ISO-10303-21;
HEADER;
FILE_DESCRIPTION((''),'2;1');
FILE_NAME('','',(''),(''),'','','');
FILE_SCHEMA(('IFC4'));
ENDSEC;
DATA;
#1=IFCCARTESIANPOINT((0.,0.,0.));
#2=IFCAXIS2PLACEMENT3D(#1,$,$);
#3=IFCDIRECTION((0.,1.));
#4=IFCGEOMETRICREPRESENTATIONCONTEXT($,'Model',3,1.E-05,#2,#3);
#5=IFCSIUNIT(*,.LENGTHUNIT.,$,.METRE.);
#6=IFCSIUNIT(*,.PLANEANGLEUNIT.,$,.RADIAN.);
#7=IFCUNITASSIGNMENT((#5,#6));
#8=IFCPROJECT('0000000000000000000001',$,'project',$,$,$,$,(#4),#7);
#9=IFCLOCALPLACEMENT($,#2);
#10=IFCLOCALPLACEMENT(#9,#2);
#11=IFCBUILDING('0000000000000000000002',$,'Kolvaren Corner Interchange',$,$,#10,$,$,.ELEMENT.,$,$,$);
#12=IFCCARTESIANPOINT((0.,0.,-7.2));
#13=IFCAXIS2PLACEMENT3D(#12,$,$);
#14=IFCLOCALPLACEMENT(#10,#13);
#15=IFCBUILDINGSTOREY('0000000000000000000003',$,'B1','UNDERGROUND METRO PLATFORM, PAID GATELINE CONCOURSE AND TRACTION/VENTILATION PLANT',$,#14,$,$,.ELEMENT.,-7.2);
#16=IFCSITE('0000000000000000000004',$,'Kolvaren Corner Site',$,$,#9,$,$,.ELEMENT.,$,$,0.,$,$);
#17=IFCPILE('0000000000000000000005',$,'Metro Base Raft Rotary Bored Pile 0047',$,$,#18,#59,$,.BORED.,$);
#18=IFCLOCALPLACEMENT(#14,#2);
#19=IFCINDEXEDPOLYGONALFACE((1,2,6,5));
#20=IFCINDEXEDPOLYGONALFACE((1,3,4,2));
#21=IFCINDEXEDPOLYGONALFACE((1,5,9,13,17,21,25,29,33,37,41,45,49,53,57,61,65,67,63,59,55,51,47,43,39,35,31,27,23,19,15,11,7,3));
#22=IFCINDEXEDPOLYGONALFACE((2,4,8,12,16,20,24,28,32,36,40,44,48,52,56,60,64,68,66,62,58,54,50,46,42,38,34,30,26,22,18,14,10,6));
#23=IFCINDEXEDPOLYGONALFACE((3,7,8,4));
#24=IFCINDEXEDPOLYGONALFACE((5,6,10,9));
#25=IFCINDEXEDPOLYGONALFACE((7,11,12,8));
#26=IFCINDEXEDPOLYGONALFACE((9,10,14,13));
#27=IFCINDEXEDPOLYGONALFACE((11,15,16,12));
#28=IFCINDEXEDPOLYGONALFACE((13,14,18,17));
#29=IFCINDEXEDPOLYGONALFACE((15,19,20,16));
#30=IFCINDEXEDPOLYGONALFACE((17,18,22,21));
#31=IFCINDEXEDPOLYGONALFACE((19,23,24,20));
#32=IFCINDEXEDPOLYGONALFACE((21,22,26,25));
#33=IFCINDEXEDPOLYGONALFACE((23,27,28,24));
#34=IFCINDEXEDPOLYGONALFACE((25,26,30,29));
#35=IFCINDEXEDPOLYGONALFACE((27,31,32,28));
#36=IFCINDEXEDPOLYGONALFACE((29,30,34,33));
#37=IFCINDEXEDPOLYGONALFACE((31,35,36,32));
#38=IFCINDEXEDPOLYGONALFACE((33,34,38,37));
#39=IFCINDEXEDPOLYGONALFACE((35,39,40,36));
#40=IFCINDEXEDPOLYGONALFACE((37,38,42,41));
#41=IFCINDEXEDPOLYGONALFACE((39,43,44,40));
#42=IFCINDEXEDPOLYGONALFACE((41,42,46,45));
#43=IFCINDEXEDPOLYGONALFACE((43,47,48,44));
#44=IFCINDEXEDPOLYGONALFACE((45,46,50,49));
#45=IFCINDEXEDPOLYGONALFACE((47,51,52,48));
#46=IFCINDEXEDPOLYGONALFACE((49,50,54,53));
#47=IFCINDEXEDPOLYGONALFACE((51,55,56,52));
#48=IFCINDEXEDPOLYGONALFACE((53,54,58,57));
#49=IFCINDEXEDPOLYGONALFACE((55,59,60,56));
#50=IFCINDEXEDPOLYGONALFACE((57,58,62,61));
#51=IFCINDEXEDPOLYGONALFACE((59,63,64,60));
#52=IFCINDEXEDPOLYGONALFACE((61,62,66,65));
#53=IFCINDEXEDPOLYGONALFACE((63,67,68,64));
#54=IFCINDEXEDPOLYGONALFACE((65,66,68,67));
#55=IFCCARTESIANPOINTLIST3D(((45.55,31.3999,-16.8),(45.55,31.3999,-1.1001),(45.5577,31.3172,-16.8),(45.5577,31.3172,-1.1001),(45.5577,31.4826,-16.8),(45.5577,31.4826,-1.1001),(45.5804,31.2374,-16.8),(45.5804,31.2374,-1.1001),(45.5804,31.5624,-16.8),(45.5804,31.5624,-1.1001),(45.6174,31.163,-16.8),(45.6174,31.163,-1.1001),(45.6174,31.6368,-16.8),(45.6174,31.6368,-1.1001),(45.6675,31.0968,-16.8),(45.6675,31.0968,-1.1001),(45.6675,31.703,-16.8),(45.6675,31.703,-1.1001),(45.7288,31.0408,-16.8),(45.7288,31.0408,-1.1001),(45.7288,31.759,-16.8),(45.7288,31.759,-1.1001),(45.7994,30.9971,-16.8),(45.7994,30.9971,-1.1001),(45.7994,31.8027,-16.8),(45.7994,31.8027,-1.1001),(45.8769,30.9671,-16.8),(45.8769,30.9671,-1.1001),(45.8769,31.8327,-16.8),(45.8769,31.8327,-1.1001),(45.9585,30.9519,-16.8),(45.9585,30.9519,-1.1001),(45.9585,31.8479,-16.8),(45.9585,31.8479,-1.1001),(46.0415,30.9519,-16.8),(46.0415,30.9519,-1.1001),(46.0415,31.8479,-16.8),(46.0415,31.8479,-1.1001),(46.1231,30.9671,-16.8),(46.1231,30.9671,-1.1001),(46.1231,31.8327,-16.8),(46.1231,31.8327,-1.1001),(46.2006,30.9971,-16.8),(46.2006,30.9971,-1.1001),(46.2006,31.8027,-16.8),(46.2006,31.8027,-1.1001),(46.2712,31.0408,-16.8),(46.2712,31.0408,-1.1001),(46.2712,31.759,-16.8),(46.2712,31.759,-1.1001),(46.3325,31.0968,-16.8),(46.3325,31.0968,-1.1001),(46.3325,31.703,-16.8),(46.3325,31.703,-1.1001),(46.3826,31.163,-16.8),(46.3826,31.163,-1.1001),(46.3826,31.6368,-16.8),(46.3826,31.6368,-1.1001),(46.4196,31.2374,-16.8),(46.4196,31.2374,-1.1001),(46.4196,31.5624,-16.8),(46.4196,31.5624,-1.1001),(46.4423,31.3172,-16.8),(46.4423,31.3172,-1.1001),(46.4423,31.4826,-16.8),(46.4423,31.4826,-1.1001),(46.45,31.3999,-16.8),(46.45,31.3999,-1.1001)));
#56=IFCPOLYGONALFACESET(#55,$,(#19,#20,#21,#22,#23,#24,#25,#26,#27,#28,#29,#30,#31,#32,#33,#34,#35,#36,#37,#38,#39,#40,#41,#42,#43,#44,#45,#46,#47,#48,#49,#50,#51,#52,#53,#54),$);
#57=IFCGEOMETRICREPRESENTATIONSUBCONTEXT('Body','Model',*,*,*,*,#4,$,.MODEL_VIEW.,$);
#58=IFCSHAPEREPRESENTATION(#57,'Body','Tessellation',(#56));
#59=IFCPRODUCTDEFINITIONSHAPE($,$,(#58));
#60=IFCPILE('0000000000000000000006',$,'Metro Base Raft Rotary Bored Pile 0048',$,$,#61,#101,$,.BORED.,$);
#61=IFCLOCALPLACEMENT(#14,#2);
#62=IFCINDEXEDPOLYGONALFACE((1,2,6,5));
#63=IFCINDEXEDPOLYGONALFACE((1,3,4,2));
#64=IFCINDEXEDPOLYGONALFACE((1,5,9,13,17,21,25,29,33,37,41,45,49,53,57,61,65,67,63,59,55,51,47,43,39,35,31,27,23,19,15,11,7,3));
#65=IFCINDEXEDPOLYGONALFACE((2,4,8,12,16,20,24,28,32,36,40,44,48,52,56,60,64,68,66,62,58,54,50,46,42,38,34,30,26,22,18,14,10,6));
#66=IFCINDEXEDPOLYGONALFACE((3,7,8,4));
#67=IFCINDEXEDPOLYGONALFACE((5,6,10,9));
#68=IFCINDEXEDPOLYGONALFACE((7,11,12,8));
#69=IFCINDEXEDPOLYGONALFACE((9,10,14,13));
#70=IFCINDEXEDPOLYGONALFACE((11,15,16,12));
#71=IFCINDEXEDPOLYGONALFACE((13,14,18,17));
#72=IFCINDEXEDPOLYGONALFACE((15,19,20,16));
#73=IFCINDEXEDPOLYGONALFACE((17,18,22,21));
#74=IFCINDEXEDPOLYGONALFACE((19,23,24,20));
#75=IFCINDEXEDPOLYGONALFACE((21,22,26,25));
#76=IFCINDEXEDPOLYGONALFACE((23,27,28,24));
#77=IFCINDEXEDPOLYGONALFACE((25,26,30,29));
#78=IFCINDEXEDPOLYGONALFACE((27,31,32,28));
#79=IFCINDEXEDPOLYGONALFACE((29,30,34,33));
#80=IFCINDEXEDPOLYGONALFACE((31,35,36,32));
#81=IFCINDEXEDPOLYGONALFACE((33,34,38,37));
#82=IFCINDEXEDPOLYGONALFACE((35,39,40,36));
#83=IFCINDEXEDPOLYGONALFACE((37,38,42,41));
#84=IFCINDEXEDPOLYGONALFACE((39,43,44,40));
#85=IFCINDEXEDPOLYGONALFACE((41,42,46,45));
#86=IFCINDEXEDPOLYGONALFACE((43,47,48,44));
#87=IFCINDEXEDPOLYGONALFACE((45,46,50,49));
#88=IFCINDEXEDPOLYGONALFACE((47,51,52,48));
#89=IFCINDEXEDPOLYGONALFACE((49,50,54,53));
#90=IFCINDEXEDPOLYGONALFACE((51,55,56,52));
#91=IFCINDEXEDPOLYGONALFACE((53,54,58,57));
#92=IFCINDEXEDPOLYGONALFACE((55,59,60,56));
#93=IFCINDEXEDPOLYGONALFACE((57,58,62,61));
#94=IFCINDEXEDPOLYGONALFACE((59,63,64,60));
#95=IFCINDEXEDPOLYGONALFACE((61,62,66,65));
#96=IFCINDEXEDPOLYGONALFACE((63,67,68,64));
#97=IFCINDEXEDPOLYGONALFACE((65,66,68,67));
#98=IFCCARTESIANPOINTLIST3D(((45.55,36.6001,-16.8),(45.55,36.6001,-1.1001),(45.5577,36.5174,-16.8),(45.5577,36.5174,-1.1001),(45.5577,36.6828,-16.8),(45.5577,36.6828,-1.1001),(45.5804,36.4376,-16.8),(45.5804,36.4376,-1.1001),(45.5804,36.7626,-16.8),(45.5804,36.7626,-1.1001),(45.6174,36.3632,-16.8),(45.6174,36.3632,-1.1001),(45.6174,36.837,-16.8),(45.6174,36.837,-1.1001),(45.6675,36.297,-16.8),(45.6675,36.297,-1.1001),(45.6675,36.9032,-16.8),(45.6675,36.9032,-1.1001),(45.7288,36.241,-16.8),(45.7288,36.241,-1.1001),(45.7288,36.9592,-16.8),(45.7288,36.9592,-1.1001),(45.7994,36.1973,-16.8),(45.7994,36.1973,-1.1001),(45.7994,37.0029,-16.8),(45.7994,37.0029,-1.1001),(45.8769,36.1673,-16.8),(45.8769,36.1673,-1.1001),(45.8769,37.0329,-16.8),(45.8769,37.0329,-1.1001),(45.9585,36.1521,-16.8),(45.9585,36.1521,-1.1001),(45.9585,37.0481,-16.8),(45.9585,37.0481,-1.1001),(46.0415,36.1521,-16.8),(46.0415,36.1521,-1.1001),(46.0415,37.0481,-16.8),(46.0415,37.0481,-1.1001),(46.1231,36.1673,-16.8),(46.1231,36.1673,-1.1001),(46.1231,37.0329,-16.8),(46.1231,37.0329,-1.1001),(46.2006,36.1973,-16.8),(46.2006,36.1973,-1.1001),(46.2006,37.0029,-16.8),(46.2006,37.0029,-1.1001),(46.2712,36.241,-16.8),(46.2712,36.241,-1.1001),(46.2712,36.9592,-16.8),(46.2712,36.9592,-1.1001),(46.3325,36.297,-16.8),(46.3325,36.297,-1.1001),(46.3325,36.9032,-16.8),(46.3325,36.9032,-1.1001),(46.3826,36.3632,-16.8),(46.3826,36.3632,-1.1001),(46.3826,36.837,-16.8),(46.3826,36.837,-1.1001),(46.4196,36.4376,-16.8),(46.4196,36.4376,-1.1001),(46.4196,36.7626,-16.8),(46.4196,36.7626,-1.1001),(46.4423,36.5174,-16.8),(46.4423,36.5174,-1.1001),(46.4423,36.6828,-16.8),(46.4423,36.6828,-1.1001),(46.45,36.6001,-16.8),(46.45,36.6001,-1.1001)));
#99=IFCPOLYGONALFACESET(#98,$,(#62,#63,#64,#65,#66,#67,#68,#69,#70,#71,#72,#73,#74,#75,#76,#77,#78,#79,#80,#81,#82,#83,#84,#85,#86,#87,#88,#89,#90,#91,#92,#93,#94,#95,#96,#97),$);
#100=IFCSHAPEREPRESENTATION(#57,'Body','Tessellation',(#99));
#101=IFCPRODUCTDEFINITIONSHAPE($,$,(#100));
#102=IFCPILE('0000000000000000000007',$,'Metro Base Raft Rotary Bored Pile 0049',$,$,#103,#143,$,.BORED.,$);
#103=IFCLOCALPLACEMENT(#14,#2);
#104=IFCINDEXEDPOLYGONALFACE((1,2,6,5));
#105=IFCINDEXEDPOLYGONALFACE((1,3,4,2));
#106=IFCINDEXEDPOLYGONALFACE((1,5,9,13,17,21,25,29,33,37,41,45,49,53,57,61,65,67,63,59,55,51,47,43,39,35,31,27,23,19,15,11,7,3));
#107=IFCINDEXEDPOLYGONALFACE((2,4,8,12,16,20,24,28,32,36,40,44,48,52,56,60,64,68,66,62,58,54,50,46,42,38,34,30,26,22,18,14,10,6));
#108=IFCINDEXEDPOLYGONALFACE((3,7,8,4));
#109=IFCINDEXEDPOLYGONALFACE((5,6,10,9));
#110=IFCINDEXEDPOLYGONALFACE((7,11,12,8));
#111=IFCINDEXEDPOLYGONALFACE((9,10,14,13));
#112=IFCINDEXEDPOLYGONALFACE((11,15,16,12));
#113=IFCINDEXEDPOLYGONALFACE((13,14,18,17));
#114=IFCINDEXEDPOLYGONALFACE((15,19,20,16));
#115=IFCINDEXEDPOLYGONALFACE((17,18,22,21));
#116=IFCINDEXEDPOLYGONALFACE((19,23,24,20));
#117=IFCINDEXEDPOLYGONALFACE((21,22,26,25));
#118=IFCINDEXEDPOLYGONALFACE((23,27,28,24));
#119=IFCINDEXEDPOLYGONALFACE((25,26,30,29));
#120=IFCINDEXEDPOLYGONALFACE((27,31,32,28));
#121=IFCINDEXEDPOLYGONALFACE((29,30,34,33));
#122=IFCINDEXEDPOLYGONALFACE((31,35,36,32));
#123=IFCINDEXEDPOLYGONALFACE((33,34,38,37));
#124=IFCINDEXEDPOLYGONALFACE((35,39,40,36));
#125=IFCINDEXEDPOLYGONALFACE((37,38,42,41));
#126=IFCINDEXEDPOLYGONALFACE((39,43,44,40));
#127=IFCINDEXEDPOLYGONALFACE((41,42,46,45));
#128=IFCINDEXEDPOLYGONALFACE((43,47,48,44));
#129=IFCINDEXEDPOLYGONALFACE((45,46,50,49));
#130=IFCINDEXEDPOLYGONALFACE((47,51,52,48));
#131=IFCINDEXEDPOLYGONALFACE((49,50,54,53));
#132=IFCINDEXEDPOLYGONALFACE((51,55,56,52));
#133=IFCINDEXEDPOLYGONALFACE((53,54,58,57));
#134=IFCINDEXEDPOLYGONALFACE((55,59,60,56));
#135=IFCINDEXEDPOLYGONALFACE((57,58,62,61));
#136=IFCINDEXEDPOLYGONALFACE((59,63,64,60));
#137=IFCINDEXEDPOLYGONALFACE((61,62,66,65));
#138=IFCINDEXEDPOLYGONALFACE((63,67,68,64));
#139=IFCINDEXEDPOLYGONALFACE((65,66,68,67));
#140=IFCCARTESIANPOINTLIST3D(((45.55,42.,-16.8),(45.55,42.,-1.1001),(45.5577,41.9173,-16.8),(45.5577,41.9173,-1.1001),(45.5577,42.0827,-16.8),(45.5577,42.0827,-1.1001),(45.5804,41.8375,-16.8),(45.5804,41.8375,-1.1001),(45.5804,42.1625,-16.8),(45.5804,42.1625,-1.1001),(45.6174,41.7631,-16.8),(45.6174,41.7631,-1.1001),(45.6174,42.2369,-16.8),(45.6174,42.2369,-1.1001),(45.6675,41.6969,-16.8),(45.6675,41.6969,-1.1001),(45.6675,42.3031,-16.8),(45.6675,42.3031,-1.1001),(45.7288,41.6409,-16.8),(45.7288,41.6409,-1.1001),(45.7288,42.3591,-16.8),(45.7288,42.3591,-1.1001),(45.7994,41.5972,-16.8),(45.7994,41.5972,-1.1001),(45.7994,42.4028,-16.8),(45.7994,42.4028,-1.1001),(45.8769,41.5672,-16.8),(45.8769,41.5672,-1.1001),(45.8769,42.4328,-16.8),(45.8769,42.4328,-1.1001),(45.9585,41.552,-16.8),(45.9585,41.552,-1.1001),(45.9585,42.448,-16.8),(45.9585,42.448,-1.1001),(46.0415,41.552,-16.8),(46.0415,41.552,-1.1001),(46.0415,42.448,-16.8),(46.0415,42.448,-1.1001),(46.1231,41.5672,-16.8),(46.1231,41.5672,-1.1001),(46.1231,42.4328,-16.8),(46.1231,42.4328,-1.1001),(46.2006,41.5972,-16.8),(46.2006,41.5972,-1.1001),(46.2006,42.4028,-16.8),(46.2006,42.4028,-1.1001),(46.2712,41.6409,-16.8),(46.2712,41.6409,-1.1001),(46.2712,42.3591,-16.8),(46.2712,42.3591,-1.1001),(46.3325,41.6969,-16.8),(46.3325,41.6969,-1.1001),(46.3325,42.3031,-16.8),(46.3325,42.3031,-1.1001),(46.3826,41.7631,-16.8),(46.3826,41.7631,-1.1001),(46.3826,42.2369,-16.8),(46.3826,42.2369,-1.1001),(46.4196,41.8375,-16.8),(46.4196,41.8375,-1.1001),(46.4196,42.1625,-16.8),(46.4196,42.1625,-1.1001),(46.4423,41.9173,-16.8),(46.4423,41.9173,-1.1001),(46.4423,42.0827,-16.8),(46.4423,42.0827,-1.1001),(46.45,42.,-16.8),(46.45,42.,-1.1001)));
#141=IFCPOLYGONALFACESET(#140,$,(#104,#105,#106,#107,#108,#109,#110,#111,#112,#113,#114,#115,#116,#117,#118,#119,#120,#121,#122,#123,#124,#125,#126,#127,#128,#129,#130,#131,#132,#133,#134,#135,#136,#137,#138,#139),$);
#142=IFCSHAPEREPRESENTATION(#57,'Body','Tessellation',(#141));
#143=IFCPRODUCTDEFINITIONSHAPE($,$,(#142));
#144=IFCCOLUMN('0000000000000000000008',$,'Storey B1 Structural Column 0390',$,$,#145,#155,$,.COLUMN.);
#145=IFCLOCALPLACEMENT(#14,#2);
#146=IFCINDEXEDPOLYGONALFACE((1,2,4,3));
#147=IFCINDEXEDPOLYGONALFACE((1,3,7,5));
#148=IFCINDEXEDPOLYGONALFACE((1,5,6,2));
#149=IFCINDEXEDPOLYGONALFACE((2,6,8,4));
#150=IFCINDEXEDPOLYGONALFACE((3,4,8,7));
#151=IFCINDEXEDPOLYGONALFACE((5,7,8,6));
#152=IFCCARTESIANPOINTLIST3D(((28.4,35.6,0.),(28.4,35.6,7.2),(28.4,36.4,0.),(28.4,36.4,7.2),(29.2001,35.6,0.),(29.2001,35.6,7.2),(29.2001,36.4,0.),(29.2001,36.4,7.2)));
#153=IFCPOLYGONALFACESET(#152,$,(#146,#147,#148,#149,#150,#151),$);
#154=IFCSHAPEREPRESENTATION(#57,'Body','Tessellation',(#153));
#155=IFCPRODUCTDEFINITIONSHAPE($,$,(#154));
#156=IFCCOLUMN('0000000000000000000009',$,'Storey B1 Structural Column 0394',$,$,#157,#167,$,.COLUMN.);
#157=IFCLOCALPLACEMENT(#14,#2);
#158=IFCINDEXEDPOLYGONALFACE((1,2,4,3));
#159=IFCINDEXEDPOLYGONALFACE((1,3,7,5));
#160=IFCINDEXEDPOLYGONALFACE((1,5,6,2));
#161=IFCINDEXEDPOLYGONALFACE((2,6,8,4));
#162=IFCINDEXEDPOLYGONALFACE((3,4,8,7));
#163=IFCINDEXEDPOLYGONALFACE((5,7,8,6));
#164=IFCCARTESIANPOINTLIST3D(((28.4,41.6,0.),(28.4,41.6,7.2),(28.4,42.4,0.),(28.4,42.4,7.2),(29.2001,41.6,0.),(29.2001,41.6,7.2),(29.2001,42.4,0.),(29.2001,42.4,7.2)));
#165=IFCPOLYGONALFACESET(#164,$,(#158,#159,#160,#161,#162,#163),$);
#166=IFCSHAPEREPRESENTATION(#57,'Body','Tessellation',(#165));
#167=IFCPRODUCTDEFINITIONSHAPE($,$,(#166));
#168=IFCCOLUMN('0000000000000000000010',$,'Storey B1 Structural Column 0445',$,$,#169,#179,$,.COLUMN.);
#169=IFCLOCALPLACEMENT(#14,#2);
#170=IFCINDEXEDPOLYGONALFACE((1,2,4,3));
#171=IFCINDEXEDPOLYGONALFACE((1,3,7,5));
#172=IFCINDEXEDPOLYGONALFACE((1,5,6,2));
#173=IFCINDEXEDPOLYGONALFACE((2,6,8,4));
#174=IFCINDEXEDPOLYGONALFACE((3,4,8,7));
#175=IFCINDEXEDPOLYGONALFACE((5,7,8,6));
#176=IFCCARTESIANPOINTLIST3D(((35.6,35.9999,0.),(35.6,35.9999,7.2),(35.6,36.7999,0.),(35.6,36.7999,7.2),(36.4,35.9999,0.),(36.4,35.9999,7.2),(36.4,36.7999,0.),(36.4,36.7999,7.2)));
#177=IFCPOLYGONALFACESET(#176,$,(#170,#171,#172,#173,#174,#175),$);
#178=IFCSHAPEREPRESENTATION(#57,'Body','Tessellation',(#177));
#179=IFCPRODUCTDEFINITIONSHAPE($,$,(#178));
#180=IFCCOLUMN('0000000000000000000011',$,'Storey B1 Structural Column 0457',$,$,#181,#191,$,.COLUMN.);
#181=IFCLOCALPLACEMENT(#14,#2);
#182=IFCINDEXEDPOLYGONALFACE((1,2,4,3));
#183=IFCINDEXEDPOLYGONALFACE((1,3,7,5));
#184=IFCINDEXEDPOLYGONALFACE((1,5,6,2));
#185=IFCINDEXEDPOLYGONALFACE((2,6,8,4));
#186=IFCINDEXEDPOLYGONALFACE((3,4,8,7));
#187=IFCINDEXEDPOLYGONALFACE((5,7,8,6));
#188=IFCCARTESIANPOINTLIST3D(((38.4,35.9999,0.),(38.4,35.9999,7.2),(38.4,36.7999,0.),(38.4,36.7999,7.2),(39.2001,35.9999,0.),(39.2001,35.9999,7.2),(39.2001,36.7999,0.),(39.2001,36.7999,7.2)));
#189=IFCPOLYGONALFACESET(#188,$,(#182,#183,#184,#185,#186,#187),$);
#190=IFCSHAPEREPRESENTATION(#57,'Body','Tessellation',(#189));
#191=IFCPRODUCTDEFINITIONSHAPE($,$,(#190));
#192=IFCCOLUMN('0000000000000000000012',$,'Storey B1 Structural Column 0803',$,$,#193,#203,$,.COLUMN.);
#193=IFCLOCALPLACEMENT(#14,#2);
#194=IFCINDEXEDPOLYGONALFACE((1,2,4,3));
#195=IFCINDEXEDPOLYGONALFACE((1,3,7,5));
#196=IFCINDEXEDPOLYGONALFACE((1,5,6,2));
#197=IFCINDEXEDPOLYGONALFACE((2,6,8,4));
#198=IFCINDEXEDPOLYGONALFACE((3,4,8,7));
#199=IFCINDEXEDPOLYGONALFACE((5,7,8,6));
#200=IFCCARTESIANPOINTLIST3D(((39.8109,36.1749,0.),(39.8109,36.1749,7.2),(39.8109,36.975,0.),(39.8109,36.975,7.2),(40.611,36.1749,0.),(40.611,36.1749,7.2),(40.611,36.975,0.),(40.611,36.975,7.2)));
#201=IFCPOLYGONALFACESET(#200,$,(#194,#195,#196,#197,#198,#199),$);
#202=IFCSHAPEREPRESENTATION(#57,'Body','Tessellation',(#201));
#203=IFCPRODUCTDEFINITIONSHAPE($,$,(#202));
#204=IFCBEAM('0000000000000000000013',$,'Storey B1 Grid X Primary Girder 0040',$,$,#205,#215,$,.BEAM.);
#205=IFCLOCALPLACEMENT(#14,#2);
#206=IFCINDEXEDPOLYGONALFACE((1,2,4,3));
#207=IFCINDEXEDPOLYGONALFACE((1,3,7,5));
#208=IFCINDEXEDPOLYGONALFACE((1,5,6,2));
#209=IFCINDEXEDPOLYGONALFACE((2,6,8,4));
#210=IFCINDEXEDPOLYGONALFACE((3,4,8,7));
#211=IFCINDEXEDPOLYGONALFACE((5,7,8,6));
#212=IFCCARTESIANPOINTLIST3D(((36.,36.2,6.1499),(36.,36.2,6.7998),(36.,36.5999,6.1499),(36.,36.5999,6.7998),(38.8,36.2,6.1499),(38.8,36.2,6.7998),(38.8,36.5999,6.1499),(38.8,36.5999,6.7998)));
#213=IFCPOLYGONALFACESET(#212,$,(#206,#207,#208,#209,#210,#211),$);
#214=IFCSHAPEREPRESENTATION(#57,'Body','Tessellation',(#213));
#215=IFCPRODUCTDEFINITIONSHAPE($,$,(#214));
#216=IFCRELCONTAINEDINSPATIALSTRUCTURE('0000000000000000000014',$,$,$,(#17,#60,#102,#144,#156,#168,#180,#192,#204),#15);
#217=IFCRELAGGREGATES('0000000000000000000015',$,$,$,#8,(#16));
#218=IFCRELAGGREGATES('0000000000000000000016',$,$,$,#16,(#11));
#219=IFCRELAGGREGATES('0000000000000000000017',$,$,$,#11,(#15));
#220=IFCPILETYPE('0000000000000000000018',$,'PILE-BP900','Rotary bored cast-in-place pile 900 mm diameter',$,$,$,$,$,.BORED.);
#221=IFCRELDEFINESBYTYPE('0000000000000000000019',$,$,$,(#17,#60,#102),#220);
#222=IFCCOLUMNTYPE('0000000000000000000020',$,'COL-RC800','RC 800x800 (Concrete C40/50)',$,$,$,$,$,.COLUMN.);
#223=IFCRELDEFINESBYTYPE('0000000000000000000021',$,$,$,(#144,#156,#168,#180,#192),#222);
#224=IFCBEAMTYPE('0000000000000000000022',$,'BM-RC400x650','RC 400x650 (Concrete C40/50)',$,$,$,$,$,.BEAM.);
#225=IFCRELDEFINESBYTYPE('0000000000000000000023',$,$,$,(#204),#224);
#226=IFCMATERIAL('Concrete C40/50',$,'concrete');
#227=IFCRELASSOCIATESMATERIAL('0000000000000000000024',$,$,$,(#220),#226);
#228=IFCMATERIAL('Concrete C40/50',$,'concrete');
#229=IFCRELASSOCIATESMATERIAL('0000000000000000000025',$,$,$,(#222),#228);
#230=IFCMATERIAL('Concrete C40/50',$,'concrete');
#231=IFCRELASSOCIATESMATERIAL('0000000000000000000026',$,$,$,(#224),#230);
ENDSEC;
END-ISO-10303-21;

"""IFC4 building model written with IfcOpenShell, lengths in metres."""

from ifc_helpers import new_model, si_unit, direction, frame, origin, origin_2d, place, context, subcontext, project, spatial, rectangle, circle, extrude, material, material_profile, profile_set, type_object, element, save


model = new_model("IFC4")

# Units and contexts
model_context = context("Model", 3, precision=1e-05, world=origin(), true_north=direction((0.0, 1.0)))
body_context = subcontext(model_context, "Body", "Model", "MODEL_VIEW")
ifc_project = project(units=[si_unit("LENGTHUNIT", "METRE"), si_unit("PLANEANGLEUNIT", "RADIAN")], contexts=[model_context])

# Site, building, storey
site_placement = place(None, origin())
site = spatial("IfcSite", under=ifc_project, at=site_placement, Name="Kolvaren Corner Site", CompositionType="ELEMENT", RefElevation=0.0)
building_placement = place(site_placement, origin())
building = spatial("IfcBuilding", under=site, at=building_placement, Name="Kolvaren Corner Interchange", CompositionType="ELEMENT")
storey_placement = place(building_placement, frame((0.0, 0.0, -7.2)))
storey = spatial("IfcBuildingStorey", under=building, at=storey_placement, Name="B1", Description="UNDERGROUND METRO PLATFORM, PAID GATELINE CONCOURSE AND TRACTION/VENTILATION PLANT", CompositionType="ELEMENT", Elevation=-7.2)

# Piles
ifc_material_1 = material(Name="Concrete C40/50", Category="concrete")
ifc_material_profile_1 = material_profile(ifc_material_1, circle(Radius=0.45, at=origin_2d()), Name="BORED PILE 900")
ifc_profile_set_1 = profile_set([ifc_material_profile_1], Name="Concrete C40/50")
pile_type = type_object("IfcPileType", Name="PILE-BP900", Description="Rotary bored cast-in-place pile 900 mm diameter", PredefinedType="BORED", material=ifc_profile_set_1)
for number, where, z_axis, x_axis, name in (
    (1, (46.0, 31.3999, -1.1001), (0.0, 0.0, -1.0), (1.0, 0.0, 0.0), "Metro Base Raft Rotary Bored Pile 0047"),
    (2, (46.0, 36.6001, -1.1001), (0.0, 0.0, -1.0), (1.0, 0.0, 0.0), "Metro Base Raft Rotary Bored Pile 0048"),
    (3, (46.0, 42.0, -1.1001), (0.0, 0.0, -1.0), (1.0, 0.0, 0.0), "Metro Base Raft Rotary Bored Pile 0049"),
):
    element("IfcPile", number, at=place(storey_placement, frame(where, z_axis=z_axis, x_axis=x_axis)), inside=storey, type_object=pile_type, Name=name, PredefinedType="BORED", context=body_context, shape_type="SweptSolid", body=[
        extrude(circle(Radius=0.45, at=origin_2d()), origin(), (0.0, 0.0, 1.0), 15.7),
    ])

# Columns
ifc_material_2 = material(Name="Concrete C40/50", Category="concrete")
ifc_material_profile_2 = material_profile(ifc_material_2, rectangle(XDim=0.8, YDim=0.8, at=origin_2d()), Name="RC 800x800")
ifc_profile_set_2 = profile_set([ifc_material_profile_2], Name="Concrete C40/50")
column_type = type_object("IfcColumnType", Name="COL-RC800", Description="RC 800x800 (Concrete C40/50)", PredefinedType="COLUMN", material=ifc_profile_set_2)
for number, where, z_axis, x_axis, name in (
    (4, (28.8, 36.0, 0.0), (0.0, 0.0, 1.0), (1.0, 0.0, 0.0), "Storey B1 Structural Column 0390"),
    (5, (28.8, 42.0, 0.0), (0.0, 0.0, 1.0), (1.0, 0.0, 0.0), "Storey B1 Structural Column 0394"),
    (6, (36.0, 36.3999, 0.0), (0.0, 0.0, 1.0), (1.0, 0.0, 0.0), "Storey B1 Structural Column 0445"),
    (7, (38.8, 36.3999, 0.0), (0.0, 0.0, 1.0), (1.0, 0.0, 0.0), "Storey B1 Structural Column 0457"),
    (8, (40.2109, 36.575, 0.0), (0.0, 0.0, 1.0), (1.0, 0.0, 0.0), "Storey B1 Structural Column 0803"),
):
    element("IfcColumn", number, at=place(storey_placement, frame(where, z_axis=z_axis, x_axis=x_axis)), inside=storey, type_object=column_type, Name=name, PredefinedType="COLUMN", context=body_context, shape_type="SweptSolid", body=[
        extrude(rectangle(XDim=0.8, YDim=0.8, at=origin_2d()), origin(), (0.0, 0.0, 1.0), 7.2),
    ])

# Beam
ifc_material_3 = material(Name="Concrete C40/50", Category="concrete")
ifc_material_profile_3 = material_profile(ifc_material_3, rectangle(XDim=0.3999, YDim=0.6499, at=origin_2d()), Name="RC 400x650")
ifc_profile_set_3 = profile_set([ifc_material_profile_3], Name="Concrete C40/50")
beam_type_1 = type_object("IfcBeamType", Name="BM-RC400x650", Description="RC 400x650 (Concrete C40/50)", PredefinedType="BEAM", material=ifc_profile_set_3)
beam_1_placement = place(storey_placement, frame((36.0, 36.3999, 6.4749), z_axis=(1.0, 0.0, 0.0), x_axis=(0.0, 1.0, 0.0)))
element("IfcBeam", 9, at=beam_1_placement, inside=storey, type_object=beam_type_1, Name="Storey B1 Grid X Primary Girder 0040", PredefinedType="BEAM", context=body_context, shape_type="SweptSolid", body=[
    extrude(rectangle(XDim=0.3999, YDim=0.6499, at=origin_2d()), origin(), (0.0, 0.0, 1.0), 2.8),
])

save(model, "model.ifc")
